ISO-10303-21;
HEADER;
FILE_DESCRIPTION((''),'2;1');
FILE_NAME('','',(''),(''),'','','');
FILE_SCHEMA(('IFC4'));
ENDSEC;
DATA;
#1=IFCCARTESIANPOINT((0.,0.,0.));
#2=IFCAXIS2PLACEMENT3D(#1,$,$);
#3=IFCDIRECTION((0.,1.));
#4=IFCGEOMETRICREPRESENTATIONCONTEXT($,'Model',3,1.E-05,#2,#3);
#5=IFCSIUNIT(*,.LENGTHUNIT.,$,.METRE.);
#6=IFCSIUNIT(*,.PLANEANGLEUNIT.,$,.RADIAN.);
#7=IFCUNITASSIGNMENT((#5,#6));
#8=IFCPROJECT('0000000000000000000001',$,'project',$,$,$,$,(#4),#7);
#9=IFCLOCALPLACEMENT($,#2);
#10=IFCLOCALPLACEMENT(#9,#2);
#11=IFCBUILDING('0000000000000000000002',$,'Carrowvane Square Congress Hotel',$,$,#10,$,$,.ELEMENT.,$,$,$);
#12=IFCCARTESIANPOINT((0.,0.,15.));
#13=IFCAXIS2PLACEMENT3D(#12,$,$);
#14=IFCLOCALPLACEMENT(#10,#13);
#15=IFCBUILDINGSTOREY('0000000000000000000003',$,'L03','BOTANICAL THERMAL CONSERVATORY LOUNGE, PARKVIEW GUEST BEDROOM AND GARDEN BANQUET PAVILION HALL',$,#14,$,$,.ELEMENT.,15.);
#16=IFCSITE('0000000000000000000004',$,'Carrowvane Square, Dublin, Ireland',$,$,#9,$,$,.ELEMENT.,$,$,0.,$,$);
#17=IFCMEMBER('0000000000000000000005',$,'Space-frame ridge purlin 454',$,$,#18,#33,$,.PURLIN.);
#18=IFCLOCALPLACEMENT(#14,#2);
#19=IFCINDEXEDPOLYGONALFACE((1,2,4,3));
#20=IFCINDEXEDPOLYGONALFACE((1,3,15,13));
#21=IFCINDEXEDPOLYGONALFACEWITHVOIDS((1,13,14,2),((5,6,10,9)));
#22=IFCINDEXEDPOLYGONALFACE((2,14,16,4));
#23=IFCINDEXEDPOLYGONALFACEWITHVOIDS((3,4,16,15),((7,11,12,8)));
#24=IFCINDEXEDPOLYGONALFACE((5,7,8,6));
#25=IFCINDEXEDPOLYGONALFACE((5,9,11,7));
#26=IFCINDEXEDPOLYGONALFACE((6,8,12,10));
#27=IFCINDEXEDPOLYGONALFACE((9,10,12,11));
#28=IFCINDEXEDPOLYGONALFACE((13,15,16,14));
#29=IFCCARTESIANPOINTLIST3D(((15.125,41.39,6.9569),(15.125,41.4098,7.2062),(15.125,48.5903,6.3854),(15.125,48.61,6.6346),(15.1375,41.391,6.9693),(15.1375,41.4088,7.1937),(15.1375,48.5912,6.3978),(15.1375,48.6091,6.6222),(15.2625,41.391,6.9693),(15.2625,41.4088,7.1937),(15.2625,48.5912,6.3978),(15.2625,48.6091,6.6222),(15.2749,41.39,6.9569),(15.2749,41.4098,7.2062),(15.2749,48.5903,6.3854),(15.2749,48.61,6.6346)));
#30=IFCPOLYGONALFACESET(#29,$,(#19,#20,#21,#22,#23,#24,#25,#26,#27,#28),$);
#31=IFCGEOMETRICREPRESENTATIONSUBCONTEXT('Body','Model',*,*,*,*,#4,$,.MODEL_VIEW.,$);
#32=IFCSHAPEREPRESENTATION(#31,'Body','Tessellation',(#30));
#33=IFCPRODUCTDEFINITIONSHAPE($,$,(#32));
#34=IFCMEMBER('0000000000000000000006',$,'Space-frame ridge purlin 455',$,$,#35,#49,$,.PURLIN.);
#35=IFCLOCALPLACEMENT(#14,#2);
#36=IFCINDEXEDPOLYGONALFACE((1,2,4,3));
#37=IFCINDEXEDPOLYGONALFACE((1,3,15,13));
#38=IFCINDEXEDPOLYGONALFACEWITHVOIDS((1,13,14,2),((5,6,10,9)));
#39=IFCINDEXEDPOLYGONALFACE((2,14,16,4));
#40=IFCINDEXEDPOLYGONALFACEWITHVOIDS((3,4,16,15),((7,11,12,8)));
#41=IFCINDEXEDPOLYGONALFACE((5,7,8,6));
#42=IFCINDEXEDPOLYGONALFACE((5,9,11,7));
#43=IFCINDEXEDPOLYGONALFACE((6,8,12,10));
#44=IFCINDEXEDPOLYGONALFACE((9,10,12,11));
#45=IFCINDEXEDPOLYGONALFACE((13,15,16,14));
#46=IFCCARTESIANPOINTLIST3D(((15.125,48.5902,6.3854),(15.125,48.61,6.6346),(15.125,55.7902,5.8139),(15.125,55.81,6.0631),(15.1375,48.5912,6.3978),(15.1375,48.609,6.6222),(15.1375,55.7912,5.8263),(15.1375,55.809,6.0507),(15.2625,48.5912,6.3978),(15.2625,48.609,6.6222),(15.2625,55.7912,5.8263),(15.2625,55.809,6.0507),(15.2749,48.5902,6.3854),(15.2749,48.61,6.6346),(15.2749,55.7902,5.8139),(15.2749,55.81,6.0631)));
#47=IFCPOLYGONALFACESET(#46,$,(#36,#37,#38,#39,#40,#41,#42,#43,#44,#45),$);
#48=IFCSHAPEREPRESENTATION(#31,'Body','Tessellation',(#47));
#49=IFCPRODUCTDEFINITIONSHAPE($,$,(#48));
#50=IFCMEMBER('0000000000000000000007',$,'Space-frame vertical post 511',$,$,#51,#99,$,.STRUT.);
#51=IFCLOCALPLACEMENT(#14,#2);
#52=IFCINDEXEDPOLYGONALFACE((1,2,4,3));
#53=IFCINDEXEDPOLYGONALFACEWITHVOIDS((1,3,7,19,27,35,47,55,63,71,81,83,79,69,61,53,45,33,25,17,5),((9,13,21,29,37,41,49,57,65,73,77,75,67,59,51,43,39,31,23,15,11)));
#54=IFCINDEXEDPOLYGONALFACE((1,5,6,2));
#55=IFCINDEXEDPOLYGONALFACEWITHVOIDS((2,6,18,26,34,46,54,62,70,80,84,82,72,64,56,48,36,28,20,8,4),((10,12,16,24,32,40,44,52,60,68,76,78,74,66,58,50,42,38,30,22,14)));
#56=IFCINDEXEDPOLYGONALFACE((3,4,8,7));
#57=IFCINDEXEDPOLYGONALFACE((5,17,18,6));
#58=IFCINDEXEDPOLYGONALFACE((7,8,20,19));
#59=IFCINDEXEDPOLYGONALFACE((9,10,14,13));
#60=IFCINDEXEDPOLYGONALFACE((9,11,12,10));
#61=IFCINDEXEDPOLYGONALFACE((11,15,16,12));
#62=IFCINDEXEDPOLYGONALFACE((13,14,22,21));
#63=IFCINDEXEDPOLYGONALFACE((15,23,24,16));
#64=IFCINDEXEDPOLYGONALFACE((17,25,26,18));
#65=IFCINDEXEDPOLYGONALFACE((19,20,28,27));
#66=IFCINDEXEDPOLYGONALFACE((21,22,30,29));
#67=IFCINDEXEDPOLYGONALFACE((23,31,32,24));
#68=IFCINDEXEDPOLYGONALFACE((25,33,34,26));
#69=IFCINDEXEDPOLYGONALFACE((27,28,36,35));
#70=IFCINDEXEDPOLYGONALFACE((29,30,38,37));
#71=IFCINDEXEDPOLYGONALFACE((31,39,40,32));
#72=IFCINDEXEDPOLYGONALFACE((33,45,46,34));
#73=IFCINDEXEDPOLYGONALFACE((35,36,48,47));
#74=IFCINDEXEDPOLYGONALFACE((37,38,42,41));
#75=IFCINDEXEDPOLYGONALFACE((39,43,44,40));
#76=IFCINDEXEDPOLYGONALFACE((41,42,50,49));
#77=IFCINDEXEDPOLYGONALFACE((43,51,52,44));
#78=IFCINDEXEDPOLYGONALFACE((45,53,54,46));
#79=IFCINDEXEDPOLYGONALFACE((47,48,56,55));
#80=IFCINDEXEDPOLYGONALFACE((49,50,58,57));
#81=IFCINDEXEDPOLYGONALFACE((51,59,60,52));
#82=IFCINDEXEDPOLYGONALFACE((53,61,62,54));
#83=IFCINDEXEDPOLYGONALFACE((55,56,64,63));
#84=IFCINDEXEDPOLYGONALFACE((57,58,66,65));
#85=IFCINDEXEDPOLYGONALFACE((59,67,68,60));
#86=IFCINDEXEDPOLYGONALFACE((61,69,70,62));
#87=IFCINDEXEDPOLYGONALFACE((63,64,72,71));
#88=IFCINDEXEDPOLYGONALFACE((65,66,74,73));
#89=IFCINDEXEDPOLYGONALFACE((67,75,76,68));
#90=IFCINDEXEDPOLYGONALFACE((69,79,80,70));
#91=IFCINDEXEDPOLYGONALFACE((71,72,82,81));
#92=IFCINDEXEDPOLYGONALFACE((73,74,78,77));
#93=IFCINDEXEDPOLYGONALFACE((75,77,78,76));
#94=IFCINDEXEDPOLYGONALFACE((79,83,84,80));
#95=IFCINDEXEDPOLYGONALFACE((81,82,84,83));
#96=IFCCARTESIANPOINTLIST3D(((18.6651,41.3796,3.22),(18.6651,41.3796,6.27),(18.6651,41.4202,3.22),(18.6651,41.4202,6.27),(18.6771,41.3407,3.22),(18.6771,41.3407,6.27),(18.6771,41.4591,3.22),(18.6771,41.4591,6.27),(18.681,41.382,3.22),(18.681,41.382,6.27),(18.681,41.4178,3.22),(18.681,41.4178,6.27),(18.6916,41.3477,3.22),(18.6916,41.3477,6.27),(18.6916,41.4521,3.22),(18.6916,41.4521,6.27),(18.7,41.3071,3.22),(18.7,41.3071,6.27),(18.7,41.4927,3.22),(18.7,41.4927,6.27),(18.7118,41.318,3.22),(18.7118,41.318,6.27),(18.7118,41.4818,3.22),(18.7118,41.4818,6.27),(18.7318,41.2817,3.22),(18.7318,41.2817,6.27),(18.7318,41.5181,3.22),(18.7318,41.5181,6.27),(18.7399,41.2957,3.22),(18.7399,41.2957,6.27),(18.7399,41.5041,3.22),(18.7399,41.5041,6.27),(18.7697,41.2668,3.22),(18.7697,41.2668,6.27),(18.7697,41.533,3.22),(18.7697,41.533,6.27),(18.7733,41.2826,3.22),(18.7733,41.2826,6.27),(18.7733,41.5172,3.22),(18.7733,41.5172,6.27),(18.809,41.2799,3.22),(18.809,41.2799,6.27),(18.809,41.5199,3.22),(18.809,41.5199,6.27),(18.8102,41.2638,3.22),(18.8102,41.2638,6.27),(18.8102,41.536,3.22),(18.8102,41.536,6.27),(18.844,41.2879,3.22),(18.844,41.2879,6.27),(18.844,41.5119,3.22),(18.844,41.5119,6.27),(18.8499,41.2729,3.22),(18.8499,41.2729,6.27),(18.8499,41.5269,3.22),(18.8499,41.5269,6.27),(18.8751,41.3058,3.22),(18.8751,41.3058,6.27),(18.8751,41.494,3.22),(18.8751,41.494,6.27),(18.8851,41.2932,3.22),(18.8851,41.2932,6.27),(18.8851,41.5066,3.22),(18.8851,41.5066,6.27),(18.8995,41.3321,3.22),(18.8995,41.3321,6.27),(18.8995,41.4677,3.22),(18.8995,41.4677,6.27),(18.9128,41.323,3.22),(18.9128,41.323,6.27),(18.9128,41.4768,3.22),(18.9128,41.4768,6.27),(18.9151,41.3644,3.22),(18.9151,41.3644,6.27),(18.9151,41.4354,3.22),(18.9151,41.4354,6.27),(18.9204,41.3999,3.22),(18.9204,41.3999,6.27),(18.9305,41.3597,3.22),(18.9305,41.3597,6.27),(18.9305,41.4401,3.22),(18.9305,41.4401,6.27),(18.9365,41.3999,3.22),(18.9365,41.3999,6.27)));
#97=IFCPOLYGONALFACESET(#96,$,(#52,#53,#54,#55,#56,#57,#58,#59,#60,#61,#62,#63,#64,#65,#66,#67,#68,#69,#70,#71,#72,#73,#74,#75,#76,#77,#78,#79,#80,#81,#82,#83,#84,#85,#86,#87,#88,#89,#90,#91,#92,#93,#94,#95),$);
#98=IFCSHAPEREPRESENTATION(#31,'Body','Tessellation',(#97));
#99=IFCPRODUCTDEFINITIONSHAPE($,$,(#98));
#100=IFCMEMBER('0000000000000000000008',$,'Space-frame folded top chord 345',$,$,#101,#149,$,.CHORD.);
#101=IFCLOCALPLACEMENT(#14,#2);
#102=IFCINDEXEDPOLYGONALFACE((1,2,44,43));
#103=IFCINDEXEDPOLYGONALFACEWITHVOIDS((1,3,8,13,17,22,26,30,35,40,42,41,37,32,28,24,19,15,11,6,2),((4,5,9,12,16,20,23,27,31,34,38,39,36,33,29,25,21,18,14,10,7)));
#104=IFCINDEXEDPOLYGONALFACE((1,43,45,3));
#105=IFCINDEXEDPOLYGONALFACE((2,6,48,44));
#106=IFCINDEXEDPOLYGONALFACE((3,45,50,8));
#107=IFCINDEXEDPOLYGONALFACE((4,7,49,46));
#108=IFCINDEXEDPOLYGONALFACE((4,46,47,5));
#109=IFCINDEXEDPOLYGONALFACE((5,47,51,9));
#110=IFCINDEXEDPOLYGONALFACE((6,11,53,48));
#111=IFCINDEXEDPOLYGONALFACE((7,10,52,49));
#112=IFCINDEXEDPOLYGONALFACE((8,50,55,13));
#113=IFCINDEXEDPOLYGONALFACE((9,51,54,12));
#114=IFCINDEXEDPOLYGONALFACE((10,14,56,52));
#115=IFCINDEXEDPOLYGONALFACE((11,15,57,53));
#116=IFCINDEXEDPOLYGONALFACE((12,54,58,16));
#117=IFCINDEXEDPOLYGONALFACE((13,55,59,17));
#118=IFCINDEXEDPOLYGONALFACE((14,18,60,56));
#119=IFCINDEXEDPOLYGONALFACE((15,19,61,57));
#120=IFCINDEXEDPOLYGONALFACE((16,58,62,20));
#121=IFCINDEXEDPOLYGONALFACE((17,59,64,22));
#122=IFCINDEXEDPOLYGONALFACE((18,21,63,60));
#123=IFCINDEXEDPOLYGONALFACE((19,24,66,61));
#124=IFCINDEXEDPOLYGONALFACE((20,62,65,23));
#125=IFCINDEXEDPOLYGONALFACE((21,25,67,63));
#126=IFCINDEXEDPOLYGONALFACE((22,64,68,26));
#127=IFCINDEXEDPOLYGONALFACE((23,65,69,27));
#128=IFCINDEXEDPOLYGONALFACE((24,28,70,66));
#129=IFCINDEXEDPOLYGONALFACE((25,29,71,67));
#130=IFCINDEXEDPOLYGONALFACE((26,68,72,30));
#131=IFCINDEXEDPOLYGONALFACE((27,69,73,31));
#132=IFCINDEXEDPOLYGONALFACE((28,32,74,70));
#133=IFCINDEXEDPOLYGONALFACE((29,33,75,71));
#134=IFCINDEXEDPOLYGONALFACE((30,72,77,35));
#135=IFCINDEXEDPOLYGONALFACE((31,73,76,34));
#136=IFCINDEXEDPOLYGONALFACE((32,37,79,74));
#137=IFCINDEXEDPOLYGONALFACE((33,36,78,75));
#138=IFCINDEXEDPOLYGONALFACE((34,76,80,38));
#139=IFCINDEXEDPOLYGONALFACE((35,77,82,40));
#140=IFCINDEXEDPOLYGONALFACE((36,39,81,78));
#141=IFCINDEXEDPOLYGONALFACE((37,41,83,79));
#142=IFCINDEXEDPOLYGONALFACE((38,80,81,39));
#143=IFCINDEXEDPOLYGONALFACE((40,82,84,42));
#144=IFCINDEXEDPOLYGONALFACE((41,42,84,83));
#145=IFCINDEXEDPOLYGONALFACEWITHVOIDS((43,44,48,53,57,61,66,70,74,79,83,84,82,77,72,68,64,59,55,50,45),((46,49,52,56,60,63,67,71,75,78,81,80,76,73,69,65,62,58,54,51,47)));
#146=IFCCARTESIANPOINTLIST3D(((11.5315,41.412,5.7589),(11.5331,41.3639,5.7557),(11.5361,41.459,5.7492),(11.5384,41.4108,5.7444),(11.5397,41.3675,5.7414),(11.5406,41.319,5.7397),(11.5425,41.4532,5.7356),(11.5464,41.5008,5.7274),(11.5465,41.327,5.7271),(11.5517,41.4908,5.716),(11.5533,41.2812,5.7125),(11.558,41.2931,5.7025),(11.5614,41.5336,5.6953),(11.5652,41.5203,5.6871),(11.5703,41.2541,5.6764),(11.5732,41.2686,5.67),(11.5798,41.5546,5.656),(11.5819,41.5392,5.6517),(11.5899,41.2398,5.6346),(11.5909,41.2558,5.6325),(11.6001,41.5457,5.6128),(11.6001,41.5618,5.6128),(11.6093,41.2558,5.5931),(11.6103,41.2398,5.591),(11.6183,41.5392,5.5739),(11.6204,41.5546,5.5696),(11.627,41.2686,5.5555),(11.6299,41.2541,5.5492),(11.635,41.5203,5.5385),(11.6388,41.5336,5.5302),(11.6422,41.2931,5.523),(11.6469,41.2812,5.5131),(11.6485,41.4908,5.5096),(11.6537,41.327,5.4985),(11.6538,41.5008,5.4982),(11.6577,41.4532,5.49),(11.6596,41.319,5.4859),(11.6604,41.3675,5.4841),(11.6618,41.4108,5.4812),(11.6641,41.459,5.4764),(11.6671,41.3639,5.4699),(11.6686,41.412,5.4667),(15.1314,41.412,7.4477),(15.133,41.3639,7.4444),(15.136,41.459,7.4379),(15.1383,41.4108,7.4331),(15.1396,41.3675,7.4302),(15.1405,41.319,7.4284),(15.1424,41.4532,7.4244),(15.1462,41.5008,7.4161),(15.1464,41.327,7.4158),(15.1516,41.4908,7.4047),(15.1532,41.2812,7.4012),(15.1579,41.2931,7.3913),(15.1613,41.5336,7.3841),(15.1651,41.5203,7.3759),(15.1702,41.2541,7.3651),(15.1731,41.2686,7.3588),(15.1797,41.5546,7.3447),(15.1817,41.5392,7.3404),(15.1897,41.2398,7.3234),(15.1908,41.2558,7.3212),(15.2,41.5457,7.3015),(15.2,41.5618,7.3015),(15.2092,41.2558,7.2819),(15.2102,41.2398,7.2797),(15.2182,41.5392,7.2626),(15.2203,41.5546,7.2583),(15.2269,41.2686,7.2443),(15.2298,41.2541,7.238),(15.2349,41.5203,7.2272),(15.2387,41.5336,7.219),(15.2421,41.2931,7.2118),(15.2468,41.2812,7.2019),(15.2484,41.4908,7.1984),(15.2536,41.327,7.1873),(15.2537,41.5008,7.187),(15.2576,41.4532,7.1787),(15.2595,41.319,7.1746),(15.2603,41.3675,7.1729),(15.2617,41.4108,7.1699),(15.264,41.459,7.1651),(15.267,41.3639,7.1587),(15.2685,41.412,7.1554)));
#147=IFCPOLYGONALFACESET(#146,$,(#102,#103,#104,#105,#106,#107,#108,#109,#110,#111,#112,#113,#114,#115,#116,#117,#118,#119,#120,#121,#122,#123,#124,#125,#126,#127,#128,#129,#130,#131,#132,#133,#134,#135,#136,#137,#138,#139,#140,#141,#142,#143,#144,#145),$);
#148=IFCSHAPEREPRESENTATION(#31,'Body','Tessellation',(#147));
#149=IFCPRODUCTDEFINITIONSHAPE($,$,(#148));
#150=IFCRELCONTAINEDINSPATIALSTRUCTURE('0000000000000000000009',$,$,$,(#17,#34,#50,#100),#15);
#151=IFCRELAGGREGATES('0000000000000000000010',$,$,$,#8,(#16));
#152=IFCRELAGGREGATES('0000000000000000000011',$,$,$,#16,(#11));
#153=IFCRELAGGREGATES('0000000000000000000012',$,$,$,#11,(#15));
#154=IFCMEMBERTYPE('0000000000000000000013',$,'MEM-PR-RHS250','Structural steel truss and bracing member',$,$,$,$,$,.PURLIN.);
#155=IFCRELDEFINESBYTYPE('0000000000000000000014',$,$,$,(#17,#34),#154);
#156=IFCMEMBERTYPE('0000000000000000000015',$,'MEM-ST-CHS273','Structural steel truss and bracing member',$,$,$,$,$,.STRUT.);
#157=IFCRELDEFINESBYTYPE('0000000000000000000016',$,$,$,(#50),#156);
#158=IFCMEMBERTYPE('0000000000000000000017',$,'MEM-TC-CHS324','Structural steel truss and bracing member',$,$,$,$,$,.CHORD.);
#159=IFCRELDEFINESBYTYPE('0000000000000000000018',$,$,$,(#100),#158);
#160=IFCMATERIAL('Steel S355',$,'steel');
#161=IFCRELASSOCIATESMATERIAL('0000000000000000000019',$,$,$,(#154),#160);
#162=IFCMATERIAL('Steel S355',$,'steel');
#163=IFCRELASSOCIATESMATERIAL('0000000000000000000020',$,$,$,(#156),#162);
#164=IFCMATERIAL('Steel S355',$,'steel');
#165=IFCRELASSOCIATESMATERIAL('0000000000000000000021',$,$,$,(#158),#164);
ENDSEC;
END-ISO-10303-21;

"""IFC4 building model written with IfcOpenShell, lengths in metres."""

from ifc_helpers import new_model, si_unit, direction, frame, origin, origin_2d, place, context, subcontext, project, spatial, hollow_rectangle, hollow_circle, extrude, material, material_profile, profile_set, type_object, element, save


model = new_model("IFC4")

# Units and contexts
model_context = context("Model", 3, precision=1e-05, world=origin(), true_north=direction((0.0, 1.0)))
body_context = subcontext(model_context, "Body", "Model", "MODEL_VIEW")
ifc_project = project(units=[si_unit("LENGTHUNIT", "METRE"), si_unit("PLANEANGLEUNIT", "RADIAN")], contexts=[model_context])

# Site, building, storey
site_placement = place(None, origin())
site = spatial("IfcSite", under=ifc_project, at=site_placement, Name="Carrowvane Square, Dublin, Ireland", CompositionType="ELEMENT", RefElevation=0.0)
building_placement = place(site_placement, origin())
building = spatial("IfcBuilding", under=site, at=building_placement, Name="Carrowvane Square Congress Hotel", CompositionType="ELEMENT")
storey_placement = place(building_placement, frame((0.0, 0.0, 15.0)))
storey = spatial("IfcBuildingStorey", under=building, at=storey_placement, Name="L03", Description="BOTANICAL THERMAL CONSERVATORY LOUNGE, PARKVIEW GUEST BEDROOM AND GARDEN BANQUET PAVILION HALL", CompositionType="ELEMENT", Elevation=15.0)

# Members
ifc_material_1 = material(Name="Steel S355", Category="steel")
ifc_material_profile_1 = material_profile(ifc_material_1, hollow_rectangle(XDim=0.1499, YDim=0.25, WallThickness=0.0125, at=origin_2d()), Name="RHS 250x150x12.5")
ifc_profile_set_1 = profile_set([ifc_material_profile_1], Name="Steel S355")
member_type_1 = type_object("IfcMemberType", Name="MEM-PR-RHS250", Description="Structural steel truss and bracing member", PredefinedType="PURLIN", material=ifc_profile_set_1)
member_1_placement = place(storey_placement, frame((15.2, 41.3999, 7.0815), z_axis=(0.0, 0.996864, -0.079129), x_axis=(-1.0, 0.0, 0.0)))
element("IfcMember", 1, at=member_1_placement, inside=storey, type_object=member_type_1, Name="Space-frame ridge purlin 454", PredefinedType="PURLIN", context=body_context, shape_type="SweptSolid", body=[
    extrude(hollow_rectangle(XDim=0.1499, YDim=0.25, WallThickness=0.0125, at=origin_2d()), origin(), (0.0, 0.0, 1.0), 7.2229),
])
member_2_placement = place(storey_placement, frame((15.2, 48.6001, 6.51), z_axis=(0.0, 0.996864, -0.079131), x_axis=(-1.0, 0.0, 0.0)))
element("IfcMember", 2, at=member_2_placement, inside=storey, type_object=member_type_1, Name="Space-frame ridge purlin 455", PredefinedType="PURLIN", context=body_context, shape_type="SweptSolid", body=[
    extrude(hollow_rectangle(XDim=0.1499, YDim=0.25, WallThickness=0.0125, at=origin_2d()), origin(), (0.0, 0.0, 1.0), 7.2227),
])
ifc_material_2 = material(Name="Steel S355", Category="steel")
ifc_material_profile_2 = material_profile(ifc_material_2, hollow_circle(Radius=0.1365, WallThickness=0.0161, at=origin_2d()), Name="CHS 273.0x16")
ifc_profile_set_2 = profile_set([ifc_material_profile_2], Name="Steel S355")
member_type_2 = type_object("IfcMemberType", Name="MEM-ST-CHS273", Description="Structural steel truss and bracing member", PredefinedType="STRUT", material=ifc_profile_set_2)
member_3_placement = place(storey_placement, frame((18.8, 41.3999, 3.22), z_axis=(0.0, 0.0, 1.0), x_axis=(1.0, 0.0, 0.0)))
element("IfcMember", 3, at=member_3_placement, inside=storey, type_object=member_type_2, Name="Space-frame vertical post 511", PredefinedType="STRUT", context=body_context, shape_type="SweptSolid", body=[
    extrude(hollow_circle(Radius=0.1365, WallThickness=0.0161, at=origin_2d()), origin(), (0.0, 0.0, 1.0), 3.05),
])
ifc_material_3 = material(Name="Steel S355", Category="steel")
ifc_material_profile_3 = material_profile(ifc_material_3, hollow_circle(Radius=0.1619, WallThickness=0.0161, at=origin_2d()), Name="CHS 323.9x16")
ifc_profile_set_3 = profile_set([ifc_material_profile_3], Name="Steel S355")
member_type_3 = type_object("IfcMemberType", Name="MEM-TC-CHS324", Description="Structural steel truss and bracing member", PredefinedType="CHORD", material=ifc_profile_set_3)
member_4_placement = place(storey_placement, frame((11.6001, 41.3999, 5.6128), z_axis=(0.905334, 0.0, 0.4247), x_axis=(0.0, 1.0, 0.0)))
element("IfcMember", 4, at=member_4_placement, inside=storey, type_object=member_type_3, Name="Space-frame folded top chord 345", PredefinedType="CHORD", context=body_context, shape_type="SweptSolid", body=[
    extrude(hollow_circle(Radius=0.1619, WallThickness=0.0161, at=origin_2d()), origin(), (0.0, 0.0, 1.0), 3.9763),
])

save(model, "model.ifc")
